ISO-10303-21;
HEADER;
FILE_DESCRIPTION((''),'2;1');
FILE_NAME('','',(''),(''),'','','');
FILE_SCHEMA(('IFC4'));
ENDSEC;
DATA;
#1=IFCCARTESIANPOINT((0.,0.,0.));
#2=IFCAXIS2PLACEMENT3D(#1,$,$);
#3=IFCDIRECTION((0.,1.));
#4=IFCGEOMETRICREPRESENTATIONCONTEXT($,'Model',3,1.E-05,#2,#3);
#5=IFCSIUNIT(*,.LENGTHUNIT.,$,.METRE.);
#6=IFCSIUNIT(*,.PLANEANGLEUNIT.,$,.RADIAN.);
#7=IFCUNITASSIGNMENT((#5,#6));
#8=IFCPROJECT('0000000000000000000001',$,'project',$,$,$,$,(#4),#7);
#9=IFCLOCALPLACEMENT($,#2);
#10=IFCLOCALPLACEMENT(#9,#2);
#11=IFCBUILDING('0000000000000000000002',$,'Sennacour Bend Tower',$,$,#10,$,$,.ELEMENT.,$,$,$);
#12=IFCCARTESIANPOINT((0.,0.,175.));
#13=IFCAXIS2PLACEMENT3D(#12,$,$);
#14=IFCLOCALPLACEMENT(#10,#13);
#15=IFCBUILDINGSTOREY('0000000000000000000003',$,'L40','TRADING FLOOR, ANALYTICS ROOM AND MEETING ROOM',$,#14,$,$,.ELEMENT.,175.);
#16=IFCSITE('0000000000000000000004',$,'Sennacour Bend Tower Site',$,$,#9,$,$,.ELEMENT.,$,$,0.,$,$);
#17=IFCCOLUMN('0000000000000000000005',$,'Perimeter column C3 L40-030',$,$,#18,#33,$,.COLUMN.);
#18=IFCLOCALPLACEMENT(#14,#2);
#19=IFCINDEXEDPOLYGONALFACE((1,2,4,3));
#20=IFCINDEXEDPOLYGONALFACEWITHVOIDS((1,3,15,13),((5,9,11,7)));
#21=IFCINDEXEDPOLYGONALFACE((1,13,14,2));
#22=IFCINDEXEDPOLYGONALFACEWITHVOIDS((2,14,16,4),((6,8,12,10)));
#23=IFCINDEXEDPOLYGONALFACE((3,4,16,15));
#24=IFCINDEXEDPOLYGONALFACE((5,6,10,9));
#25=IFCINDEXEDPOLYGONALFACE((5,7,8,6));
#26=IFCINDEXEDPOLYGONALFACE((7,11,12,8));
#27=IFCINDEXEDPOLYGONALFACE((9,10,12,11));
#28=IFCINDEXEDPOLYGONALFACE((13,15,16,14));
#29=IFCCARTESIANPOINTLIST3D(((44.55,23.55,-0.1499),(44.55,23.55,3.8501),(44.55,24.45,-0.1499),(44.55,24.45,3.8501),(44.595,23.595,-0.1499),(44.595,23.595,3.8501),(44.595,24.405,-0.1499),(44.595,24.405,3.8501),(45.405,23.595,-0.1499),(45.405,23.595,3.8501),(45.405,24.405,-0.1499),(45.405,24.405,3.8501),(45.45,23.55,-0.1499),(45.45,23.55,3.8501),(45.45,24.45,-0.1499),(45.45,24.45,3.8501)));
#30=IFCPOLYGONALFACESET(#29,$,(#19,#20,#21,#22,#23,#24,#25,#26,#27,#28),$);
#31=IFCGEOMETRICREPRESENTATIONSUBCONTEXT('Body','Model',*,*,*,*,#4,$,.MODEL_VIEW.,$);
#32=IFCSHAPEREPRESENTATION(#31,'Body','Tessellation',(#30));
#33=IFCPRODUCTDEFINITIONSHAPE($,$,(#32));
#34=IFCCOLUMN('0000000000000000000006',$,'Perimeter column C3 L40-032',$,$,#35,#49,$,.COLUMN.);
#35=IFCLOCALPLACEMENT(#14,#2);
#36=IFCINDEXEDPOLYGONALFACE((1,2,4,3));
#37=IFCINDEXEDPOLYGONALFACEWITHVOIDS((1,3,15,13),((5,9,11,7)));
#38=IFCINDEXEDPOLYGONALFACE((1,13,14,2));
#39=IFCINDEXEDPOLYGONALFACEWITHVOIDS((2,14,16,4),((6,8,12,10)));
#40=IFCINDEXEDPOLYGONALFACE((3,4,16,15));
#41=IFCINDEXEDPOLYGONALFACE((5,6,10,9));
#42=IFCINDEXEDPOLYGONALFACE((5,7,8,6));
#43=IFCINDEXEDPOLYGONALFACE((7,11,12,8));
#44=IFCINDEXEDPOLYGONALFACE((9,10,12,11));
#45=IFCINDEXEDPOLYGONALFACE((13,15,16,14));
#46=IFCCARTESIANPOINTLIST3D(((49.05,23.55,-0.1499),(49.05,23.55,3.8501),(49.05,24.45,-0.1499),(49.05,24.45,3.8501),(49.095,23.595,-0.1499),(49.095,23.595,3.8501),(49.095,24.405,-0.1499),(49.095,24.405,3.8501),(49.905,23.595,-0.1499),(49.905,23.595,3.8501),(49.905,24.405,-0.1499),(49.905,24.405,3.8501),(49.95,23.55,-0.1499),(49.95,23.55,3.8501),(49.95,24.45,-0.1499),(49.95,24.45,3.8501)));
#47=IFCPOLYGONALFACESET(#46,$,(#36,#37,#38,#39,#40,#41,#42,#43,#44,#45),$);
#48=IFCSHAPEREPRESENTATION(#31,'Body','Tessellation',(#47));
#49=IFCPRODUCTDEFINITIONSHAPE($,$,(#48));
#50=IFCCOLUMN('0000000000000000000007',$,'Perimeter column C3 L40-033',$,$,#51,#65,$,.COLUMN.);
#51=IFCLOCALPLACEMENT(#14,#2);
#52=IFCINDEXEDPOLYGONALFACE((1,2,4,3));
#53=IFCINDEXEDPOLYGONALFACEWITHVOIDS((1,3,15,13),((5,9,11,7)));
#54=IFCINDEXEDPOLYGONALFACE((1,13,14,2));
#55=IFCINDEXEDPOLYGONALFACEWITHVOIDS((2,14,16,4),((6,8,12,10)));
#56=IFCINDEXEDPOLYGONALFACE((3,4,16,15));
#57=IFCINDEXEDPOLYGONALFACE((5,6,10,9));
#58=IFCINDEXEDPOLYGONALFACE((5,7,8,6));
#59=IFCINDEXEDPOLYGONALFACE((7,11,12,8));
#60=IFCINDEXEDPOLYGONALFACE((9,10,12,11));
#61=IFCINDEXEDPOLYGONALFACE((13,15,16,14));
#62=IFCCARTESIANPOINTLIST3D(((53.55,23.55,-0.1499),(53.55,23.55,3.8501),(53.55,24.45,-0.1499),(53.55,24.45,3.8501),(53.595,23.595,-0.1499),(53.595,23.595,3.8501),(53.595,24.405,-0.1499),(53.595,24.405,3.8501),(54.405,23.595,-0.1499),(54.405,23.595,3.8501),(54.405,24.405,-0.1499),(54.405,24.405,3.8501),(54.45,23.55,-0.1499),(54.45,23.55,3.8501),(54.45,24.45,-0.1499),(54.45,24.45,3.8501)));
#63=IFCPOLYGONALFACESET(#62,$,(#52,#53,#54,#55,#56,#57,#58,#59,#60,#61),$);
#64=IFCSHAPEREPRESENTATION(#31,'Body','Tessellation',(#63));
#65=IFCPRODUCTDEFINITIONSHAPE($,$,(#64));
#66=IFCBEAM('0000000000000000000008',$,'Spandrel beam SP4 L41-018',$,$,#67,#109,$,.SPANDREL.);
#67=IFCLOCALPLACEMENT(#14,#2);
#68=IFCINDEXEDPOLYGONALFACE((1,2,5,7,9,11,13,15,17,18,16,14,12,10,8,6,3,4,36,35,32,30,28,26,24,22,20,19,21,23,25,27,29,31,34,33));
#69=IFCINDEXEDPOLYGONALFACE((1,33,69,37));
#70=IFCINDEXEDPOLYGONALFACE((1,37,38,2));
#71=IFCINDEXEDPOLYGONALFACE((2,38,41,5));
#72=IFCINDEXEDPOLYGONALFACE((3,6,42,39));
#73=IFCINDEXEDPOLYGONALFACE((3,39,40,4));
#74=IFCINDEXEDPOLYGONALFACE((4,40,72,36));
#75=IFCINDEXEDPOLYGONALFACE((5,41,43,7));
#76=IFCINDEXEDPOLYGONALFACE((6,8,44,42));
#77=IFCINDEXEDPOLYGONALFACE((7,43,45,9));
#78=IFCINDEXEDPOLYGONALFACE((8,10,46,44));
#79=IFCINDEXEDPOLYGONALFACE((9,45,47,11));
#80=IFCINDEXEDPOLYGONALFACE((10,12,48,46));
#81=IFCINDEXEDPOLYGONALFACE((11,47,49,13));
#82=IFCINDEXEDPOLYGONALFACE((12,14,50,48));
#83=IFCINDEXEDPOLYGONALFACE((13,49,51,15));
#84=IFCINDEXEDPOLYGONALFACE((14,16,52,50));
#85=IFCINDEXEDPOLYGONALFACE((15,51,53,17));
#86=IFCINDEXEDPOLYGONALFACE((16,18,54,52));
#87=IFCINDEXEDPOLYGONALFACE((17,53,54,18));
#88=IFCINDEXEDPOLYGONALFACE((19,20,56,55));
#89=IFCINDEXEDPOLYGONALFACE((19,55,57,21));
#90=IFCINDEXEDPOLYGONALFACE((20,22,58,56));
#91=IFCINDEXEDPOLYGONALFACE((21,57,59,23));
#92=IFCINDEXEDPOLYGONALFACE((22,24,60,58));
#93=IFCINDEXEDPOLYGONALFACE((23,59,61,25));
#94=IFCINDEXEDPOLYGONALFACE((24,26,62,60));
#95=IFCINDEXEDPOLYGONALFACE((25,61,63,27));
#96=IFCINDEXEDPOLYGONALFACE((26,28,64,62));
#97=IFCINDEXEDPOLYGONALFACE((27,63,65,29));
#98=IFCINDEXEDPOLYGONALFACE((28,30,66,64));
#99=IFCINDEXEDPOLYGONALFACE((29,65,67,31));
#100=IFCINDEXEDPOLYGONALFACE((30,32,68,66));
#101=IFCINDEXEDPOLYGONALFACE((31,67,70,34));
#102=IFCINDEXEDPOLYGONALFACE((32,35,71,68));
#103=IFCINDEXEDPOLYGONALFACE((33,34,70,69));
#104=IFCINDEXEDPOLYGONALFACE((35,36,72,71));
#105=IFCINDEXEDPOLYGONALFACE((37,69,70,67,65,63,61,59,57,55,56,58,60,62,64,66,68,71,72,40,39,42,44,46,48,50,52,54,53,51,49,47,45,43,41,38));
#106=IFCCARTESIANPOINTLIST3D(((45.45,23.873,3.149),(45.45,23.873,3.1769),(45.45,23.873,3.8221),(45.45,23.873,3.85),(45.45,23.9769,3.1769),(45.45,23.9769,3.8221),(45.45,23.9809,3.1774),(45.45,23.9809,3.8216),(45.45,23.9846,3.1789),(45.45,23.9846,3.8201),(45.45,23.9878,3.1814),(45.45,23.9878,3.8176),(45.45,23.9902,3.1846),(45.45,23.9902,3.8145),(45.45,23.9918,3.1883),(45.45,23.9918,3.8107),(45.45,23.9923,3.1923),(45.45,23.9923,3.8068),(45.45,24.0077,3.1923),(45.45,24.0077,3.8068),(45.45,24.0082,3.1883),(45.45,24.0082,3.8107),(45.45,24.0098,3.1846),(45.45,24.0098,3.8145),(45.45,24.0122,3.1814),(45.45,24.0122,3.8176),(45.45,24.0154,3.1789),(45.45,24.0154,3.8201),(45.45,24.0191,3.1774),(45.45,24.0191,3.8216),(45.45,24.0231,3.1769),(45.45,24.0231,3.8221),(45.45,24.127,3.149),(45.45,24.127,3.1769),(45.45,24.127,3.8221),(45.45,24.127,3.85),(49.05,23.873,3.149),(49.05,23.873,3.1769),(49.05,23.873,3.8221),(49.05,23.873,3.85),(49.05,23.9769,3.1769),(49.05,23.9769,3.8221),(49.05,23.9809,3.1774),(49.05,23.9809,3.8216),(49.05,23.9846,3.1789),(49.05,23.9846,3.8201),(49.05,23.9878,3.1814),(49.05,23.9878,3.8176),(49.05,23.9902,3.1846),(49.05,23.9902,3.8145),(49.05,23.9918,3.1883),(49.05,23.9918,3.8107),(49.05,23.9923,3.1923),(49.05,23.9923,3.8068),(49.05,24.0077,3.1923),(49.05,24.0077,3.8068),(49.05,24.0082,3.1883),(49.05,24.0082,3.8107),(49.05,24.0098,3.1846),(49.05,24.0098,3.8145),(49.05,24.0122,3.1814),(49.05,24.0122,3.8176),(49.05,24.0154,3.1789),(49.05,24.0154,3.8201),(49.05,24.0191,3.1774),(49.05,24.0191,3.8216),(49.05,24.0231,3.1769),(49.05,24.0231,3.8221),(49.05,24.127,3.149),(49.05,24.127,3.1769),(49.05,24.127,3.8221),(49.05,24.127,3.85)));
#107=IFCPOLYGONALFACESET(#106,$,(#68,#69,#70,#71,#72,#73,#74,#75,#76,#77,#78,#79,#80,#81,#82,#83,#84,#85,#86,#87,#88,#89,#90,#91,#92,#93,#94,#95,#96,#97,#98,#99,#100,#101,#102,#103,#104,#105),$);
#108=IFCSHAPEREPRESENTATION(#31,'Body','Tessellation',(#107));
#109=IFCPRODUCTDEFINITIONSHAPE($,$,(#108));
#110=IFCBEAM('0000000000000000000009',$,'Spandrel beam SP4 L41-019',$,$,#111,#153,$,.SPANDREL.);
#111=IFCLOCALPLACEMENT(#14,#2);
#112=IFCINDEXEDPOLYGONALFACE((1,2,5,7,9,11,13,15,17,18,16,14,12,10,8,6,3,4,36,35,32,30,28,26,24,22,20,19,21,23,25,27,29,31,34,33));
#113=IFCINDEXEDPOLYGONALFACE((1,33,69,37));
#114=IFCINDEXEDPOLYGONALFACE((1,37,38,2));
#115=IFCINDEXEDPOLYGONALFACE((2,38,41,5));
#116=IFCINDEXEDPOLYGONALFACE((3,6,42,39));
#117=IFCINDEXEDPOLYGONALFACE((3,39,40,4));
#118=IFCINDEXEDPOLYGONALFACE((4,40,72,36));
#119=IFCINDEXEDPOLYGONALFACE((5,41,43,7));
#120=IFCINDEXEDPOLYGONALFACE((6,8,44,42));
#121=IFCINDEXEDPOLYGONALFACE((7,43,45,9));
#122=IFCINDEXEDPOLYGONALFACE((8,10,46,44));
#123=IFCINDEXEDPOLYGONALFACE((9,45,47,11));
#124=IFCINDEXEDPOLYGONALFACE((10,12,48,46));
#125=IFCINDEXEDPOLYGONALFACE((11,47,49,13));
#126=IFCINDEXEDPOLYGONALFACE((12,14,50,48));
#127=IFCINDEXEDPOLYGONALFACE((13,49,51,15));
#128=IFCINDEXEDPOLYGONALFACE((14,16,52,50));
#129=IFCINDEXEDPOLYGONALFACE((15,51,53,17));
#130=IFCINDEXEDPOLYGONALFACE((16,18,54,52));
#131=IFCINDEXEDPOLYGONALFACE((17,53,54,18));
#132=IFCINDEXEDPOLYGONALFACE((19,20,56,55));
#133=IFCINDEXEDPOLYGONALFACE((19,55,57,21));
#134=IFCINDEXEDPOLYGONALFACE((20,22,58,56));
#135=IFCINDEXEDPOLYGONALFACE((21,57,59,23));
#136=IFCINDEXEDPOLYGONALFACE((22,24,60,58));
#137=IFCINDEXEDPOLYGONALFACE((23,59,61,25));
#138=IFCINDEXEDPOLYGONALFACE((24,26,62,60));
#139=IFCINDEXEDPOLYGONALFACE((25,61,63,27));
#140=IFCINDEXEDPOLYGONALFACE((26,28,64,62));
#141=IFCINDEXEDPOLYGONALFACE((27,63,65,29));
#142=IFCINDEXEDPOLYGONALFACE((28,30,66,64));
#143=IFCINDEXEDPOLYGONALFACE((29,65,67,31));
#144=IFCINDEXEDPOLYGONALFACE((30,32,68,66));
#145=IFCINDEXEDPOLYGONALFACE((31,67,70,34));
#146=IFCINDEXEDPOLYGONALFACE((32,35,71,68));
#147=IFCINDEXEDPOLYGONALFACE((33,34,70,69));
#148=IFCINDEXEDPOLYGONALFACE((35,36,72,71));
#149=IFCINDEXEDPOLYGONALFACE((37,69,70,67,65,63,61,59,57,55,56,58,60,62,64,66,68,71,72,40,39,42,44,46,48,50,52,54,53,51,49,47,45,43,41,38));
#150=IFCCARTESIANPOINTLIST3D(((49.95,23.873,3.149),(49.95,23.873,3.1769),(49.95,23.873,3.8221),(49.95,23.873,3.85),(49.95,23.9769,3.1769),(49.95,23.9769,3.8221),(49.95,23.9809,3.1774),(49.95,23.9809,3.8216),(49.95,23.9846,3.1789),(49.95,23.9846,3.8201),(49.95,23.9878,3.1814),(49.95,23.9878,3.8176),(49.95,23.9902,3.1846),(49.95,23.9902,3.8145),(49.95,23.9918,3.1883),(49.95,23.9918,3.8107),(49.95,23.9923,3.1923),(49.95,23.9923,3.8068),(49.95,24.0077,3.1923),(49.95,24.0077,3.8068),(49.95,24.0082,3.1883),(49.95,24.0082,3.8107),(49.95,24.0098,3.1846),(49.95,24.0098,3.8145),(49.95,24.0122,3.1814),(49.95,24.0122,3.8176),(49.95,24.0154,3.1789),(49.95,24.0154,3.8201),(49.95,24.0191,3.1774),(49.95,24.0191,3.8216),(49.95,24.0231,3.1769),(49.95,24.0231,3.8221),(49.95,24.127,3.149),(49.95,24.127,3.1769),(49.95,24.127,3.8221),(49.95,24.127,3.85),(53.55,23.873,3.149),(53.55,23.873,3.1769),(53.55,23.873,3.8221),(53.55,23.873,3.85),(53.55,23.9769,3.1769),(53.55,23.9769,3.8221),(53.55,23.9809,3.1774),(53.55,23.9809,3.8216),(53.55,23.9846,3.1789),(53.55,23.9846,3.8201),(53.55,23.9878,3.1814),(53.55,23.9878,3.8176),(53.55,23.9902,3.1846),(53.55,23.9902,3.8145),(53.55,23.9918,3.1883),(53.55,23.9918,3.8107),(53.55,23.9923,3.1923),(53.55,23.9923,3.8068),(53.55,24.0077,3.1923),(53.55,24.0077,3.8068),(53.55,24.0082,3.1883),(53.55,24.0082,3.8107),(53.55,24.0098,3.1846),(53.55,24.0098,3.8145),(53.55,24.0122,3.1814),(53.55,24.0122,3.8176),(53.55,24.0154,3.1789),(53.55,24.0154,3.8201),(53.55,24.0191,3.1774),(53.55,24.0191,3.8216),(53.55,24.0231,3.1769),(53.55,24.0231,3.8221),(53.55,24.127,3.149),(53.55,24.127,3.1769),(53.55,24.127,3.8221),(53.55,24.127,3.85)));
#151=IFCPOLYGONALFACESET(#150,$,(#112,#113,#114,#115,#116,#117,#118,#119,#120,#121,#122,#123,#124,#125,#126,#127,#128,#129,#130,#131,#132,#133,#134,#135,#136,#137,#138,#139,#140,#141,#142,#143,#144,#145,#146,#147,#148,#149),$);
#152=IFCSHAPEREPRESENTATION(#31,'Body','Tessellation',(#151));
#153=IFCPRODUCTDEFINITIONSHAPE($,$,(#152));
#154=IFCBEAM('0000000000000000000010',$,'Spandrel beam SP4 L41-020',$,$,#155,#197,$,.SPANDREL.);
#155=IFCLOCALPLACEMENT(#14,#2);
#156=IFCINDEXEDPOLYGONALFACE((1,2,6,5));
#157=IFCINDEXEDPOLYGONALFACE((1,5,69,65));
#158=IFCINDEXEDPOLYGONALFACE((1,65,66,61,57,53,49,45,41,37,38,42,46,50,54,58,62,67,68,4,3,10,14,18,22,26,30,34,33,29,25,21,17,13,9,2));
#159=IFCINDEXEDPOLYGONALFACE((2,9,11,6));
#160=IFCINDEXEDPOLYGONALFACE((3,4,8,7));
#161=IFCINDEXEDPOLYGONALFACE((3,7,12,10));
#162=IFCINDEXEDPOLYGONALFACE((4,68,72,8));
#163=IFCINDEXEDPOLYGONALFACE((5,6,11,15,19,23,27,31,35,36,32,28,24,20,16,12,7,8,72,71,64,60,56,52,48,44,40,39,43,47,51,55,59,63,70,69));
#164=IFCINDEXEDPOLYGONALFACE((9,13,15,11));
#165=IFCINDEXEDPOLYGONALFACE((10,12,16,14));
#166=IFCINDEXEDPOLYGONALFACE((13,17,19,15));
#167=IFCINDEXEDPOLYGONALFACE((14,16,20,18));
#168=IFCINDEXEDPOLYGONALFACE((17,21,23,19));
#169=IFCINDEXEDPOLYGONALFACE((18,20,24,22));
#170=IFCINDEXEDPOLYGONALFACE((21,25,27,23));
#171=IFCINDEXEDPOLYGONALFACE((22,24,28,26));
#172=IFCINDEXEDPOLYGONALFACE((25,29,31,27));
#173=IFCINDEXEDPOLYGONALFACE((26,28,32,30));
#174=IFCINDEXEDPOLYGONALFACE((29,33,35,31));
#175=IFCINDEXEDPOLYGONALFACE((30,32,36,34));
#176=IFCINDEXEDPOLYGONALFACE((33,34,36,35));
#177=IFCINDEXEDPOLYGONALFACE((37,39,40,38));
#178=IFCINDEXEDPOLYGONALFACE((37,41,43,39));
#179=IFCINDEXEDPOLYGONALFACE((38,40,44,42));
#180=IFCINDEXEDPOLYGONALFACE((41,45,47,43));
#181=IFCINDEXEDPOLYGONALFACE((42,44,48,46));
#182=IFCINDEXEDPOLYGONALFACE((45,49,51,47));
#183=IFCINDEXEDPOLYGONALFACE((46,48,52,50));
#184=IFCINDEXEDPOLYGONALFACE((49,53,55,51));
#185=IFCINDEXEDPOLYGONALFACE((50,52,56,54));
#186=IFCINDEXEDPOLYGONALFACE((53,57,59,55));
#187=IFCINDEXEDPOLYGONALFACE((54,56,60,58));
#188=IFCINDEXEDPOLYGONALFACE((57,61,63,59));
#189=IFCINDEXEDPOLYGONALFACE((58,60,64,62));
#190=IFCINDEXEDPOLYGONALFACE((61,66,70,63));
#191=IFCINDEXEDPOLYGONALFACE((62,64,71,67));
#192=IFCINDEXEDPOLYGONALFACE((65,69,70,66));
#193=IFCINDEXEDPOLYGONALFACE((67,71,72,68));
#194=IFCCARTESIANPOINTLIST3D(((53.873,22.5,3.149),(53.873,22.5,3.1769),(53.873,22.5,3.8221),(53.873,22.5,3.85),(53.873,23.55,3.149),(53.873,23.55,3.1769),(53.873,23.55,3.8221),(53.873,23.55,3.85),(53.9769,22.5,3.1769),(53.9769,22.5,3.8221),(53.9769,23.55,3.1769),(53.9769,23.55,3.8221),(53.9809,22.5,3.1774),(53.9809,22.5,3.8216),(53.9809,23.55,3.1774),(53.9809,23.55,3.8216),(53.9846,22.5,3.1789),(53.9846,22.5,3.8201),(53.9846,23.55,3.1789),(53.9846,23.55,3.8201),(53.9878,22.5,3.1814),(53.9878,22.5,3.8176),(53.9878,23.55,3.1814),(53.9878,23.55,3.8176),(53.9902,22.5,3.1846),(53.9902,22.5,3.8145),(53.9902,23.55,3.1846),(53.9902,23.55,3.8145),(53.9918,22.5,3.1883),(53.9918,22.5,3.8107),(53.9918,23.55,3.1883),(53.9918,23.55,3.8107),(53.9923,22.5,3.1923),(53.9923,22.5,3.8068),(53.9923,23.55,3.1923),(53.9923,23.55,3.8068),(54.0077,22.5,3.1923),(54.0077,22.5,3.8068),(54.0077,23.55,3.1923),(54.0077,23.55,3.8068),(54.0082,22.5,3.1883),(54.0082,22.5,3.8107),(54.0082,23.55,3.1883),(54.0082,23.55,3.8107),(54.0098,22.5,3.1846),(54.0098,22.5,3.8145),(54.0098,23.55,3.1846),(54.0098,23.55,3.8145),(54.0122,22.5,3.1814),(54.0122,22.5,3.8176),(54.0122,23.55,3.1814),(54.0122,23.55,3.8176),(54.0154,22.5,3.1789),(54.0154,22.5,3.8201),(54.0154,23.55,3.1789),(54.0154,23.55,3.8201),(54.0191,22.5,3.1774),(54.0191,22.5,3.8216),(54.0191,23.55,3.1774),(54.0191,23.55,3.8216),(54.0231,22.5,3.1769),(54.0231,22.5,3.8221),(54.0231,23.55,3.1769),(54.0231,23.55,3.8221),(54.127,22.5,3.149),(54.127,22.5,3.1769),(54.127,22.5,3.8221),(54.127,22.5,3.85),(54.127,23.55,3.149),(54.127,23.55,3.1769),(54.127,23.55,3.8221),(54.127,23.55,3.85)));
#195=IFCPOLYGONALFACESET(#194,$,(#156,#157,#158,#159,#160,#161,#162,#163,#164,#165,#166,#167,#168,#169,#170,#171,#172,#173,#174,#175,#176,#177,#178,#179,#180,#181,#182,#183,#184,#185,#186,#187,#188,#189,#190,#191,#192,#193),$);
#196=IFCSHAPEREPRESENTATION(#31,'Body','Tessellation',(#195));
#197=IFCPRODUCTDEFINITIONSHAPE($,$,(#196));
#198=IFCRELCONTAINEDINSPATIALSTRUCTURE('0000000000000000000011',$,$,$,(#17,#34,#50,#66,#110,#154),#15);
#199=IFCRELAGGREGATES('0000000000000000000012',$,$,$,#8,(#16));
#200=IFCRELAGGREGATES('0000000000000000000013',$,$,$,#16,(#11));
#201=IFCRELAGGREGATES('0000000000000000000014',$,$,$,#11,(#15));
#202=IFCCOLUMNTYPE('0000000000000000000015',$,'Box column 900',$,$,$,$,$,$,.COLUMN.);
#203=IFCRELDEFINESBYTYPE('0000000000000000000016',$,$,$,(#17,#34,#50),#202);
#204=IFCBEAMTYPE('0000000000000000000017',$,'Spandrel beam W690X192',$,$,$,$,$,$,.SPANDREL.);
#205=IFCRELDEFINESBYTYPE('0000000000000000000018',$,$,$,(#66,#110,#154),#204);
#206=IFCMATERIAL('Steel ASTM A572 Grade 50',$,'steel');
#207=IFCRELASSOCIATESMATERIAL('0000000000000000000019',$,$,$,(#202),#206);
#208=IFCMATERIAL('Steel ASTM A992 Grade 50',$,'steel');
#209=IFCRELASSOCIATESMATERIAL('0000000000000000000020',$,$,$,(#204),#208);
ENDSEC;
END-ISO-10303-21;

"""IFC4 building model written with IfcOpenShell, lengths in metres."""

from ifc_helpers import new_model, si_unit, direction, frame, origin, origin_2d, place, context, subcontext, project, spatial, hollow_rectangle, i_section, extrude, material, material_profile, profile_set, type_object, element, save


model = new_model("IFC4")

# Units and contexts
model_context = context("Model", 3, precision=1e-05, world=origin(), true_north=direction((0.0, 1.0)))
body_context = subcontext(model_context, "Body", "Model", "MODEL_VIEW")
ifc_project = project(units=[si_unit("LENGTHUNIT", "METRE"), si_unit("PLANEANGLEUNIT", "RADIAN")], contexts=[model_context])

# Site, building, storey
site_placement = place(None, origin())
site = spatial("IfcSite", under=ifc_project, at=site_placement, Name="Sennacour Bend Tower Site", CompositionType="ELEMENT", RefElevation=0.0)
building_placement = place(site_placement, origin())
building = spatial("IfcBuilding", under=site, at=building_placement, Name="Sennacour Bend Tower", CompositionType="ELEMENT")
storey_placement = place(building_placement, frame((0.0, 0.0, 175.0)))
storey = spatial("IfcBuildingStorey", under=building, at=storey_placement, Name="L40", Description="TRADING FLOOR, ANALYTICS ROOM AND MEETING ROOM", CompositionType="ELEMENT", Elevation=175.0)

# Columns
ifc_material_1 = material(Name="Steel ASTM A572 Grade 50", Category="steel")
ifc_material_profile_1 = material_profile(ifc_material_1, hollow_rectangle(XDim=0.8999, YDim=0.8999, WallThickness=0.0449, at=origin_2d()), Name="Steel ASTM A572 Grade 50", Category="steel")
ifc_profile_set_1 = profile_set([ifc_material_profile_1], Name="Steel ASTM A572 Grade 50")
column_type = type_object("IfcColumnType", Name="Box column 900", PredefinedType="COLUMN", material=ifc_profile_set_1)
for number, where, z_axis, x_axis, name in (
    (1, (45.0, 24.0, -0.1499), (0.0, 0.0, 1.0), (1.0, 0.0, 0.0), "Perimeter column C3 L40-030"),
    (2, (49.5, 24.0, -0.1499), (0.0, 0.0, 1.0), (1.0, 0.0, 0.0), "Perimeter column C3 L40-032"),
    (3, (54.0, 24.0, -0.1499), (0.0, 0.0, 1.0), (1.0, 0.0, 0.0), "Perimeter column C3 L40-033"),
):
    element("IfcColumn", number, at=place(storey_placement, frame(where, z_axis=z_axis, x_axis=x_axis)), inside=storey, type_object=column_type, Name=name, PredefinedType="COLUMN", context=body_context, shape_type="SweptSolid", body=[
        extrude(hollow_rectangle(XDim=0.8999, YDim=0.8999, WallThickness=0.0449, at=origin_2d()), origin(), (0.0, 0.0, 1.0), 4.0),
    ])

# Beams
ifc_material_2 = material(Name="Steel ASTM A992 Grade 50", Category="steel")
ifc_material_profile_2 = material_profile(ifc_material_2, i_section(OverallWidth=0.2539, OverallDepth=0.7009, WebThickness=0.0154, FlangeThickness=0.0278, FilletRadius=0.0154, at=origin_2d()), Name="Steel ASTM A992 Grade 50", Category="steel")
ifc_profile_set_2 = profile_set([ifc_material_profile_2], Name="Steel ASTM A992 Grade 50")
beam_type = type_object("IfcBeamType", Name="Spandrel beam W690X192", PredefinedType="SPANDREL", material=ifc_profile_set_2)
for number, where, z_axis, x_axis, name in (
    (4, (45.45, 24.0, 3.4995), (1.0, 0.0, 0.0), (0.0, 1.0, 0.0), "Spandrel beam SP4 L41-018"),
    (5, (49.95, 24.0, 3.4995), (1.0, 0.0, 0.0), (0.0, 1.0, 0.0), "Spandrel beam SP4 L41-019"),
):
    element("IfcBeam", number, at=place(storey_placement, frame(where, z_axis=z_axis, x_axis=x_axis)), inside=storey, type_object=beam_type, Name=name, PredefinedType="SPANDREL", context=body_context, shape_type="SweptSolid", body=[
        extrude(i_section(OverallWidth=0.2539, OverallDepth=0.7009, WebThickness=0.0154, FlangeThickness=0.0278, FilletRadius=0.0154, at=origin_2d()), origin(), (0.0, 0.0, 1.0), 3.6001),
    ])
beam_placement = place(storey_placement, frame((54.0, 23.55, 3.4995), z_axis=(0.0, -1.0, 0.0), x_axis=(1.0, 0.0, 0.0)))
element("IfcBeam", 6, at=beam_placement, inside=storey, type_object=beam_type, Name="Spandrel beam SP4 L41-020", PredefinedType="SPANDREL", context=body_context, shape_type="SweptSolid", body=[
    extrude(i_section(OverallWidth=0.2539, OverallDepth=0.7009, WebThickness=0.0154, FlangeThickness=0.0278, FilletRadius=0.0154, at=origin_2d()), origin(), (0.0, 0.0, 1.0), 1.05),
])

save(model, "model.ifc")
